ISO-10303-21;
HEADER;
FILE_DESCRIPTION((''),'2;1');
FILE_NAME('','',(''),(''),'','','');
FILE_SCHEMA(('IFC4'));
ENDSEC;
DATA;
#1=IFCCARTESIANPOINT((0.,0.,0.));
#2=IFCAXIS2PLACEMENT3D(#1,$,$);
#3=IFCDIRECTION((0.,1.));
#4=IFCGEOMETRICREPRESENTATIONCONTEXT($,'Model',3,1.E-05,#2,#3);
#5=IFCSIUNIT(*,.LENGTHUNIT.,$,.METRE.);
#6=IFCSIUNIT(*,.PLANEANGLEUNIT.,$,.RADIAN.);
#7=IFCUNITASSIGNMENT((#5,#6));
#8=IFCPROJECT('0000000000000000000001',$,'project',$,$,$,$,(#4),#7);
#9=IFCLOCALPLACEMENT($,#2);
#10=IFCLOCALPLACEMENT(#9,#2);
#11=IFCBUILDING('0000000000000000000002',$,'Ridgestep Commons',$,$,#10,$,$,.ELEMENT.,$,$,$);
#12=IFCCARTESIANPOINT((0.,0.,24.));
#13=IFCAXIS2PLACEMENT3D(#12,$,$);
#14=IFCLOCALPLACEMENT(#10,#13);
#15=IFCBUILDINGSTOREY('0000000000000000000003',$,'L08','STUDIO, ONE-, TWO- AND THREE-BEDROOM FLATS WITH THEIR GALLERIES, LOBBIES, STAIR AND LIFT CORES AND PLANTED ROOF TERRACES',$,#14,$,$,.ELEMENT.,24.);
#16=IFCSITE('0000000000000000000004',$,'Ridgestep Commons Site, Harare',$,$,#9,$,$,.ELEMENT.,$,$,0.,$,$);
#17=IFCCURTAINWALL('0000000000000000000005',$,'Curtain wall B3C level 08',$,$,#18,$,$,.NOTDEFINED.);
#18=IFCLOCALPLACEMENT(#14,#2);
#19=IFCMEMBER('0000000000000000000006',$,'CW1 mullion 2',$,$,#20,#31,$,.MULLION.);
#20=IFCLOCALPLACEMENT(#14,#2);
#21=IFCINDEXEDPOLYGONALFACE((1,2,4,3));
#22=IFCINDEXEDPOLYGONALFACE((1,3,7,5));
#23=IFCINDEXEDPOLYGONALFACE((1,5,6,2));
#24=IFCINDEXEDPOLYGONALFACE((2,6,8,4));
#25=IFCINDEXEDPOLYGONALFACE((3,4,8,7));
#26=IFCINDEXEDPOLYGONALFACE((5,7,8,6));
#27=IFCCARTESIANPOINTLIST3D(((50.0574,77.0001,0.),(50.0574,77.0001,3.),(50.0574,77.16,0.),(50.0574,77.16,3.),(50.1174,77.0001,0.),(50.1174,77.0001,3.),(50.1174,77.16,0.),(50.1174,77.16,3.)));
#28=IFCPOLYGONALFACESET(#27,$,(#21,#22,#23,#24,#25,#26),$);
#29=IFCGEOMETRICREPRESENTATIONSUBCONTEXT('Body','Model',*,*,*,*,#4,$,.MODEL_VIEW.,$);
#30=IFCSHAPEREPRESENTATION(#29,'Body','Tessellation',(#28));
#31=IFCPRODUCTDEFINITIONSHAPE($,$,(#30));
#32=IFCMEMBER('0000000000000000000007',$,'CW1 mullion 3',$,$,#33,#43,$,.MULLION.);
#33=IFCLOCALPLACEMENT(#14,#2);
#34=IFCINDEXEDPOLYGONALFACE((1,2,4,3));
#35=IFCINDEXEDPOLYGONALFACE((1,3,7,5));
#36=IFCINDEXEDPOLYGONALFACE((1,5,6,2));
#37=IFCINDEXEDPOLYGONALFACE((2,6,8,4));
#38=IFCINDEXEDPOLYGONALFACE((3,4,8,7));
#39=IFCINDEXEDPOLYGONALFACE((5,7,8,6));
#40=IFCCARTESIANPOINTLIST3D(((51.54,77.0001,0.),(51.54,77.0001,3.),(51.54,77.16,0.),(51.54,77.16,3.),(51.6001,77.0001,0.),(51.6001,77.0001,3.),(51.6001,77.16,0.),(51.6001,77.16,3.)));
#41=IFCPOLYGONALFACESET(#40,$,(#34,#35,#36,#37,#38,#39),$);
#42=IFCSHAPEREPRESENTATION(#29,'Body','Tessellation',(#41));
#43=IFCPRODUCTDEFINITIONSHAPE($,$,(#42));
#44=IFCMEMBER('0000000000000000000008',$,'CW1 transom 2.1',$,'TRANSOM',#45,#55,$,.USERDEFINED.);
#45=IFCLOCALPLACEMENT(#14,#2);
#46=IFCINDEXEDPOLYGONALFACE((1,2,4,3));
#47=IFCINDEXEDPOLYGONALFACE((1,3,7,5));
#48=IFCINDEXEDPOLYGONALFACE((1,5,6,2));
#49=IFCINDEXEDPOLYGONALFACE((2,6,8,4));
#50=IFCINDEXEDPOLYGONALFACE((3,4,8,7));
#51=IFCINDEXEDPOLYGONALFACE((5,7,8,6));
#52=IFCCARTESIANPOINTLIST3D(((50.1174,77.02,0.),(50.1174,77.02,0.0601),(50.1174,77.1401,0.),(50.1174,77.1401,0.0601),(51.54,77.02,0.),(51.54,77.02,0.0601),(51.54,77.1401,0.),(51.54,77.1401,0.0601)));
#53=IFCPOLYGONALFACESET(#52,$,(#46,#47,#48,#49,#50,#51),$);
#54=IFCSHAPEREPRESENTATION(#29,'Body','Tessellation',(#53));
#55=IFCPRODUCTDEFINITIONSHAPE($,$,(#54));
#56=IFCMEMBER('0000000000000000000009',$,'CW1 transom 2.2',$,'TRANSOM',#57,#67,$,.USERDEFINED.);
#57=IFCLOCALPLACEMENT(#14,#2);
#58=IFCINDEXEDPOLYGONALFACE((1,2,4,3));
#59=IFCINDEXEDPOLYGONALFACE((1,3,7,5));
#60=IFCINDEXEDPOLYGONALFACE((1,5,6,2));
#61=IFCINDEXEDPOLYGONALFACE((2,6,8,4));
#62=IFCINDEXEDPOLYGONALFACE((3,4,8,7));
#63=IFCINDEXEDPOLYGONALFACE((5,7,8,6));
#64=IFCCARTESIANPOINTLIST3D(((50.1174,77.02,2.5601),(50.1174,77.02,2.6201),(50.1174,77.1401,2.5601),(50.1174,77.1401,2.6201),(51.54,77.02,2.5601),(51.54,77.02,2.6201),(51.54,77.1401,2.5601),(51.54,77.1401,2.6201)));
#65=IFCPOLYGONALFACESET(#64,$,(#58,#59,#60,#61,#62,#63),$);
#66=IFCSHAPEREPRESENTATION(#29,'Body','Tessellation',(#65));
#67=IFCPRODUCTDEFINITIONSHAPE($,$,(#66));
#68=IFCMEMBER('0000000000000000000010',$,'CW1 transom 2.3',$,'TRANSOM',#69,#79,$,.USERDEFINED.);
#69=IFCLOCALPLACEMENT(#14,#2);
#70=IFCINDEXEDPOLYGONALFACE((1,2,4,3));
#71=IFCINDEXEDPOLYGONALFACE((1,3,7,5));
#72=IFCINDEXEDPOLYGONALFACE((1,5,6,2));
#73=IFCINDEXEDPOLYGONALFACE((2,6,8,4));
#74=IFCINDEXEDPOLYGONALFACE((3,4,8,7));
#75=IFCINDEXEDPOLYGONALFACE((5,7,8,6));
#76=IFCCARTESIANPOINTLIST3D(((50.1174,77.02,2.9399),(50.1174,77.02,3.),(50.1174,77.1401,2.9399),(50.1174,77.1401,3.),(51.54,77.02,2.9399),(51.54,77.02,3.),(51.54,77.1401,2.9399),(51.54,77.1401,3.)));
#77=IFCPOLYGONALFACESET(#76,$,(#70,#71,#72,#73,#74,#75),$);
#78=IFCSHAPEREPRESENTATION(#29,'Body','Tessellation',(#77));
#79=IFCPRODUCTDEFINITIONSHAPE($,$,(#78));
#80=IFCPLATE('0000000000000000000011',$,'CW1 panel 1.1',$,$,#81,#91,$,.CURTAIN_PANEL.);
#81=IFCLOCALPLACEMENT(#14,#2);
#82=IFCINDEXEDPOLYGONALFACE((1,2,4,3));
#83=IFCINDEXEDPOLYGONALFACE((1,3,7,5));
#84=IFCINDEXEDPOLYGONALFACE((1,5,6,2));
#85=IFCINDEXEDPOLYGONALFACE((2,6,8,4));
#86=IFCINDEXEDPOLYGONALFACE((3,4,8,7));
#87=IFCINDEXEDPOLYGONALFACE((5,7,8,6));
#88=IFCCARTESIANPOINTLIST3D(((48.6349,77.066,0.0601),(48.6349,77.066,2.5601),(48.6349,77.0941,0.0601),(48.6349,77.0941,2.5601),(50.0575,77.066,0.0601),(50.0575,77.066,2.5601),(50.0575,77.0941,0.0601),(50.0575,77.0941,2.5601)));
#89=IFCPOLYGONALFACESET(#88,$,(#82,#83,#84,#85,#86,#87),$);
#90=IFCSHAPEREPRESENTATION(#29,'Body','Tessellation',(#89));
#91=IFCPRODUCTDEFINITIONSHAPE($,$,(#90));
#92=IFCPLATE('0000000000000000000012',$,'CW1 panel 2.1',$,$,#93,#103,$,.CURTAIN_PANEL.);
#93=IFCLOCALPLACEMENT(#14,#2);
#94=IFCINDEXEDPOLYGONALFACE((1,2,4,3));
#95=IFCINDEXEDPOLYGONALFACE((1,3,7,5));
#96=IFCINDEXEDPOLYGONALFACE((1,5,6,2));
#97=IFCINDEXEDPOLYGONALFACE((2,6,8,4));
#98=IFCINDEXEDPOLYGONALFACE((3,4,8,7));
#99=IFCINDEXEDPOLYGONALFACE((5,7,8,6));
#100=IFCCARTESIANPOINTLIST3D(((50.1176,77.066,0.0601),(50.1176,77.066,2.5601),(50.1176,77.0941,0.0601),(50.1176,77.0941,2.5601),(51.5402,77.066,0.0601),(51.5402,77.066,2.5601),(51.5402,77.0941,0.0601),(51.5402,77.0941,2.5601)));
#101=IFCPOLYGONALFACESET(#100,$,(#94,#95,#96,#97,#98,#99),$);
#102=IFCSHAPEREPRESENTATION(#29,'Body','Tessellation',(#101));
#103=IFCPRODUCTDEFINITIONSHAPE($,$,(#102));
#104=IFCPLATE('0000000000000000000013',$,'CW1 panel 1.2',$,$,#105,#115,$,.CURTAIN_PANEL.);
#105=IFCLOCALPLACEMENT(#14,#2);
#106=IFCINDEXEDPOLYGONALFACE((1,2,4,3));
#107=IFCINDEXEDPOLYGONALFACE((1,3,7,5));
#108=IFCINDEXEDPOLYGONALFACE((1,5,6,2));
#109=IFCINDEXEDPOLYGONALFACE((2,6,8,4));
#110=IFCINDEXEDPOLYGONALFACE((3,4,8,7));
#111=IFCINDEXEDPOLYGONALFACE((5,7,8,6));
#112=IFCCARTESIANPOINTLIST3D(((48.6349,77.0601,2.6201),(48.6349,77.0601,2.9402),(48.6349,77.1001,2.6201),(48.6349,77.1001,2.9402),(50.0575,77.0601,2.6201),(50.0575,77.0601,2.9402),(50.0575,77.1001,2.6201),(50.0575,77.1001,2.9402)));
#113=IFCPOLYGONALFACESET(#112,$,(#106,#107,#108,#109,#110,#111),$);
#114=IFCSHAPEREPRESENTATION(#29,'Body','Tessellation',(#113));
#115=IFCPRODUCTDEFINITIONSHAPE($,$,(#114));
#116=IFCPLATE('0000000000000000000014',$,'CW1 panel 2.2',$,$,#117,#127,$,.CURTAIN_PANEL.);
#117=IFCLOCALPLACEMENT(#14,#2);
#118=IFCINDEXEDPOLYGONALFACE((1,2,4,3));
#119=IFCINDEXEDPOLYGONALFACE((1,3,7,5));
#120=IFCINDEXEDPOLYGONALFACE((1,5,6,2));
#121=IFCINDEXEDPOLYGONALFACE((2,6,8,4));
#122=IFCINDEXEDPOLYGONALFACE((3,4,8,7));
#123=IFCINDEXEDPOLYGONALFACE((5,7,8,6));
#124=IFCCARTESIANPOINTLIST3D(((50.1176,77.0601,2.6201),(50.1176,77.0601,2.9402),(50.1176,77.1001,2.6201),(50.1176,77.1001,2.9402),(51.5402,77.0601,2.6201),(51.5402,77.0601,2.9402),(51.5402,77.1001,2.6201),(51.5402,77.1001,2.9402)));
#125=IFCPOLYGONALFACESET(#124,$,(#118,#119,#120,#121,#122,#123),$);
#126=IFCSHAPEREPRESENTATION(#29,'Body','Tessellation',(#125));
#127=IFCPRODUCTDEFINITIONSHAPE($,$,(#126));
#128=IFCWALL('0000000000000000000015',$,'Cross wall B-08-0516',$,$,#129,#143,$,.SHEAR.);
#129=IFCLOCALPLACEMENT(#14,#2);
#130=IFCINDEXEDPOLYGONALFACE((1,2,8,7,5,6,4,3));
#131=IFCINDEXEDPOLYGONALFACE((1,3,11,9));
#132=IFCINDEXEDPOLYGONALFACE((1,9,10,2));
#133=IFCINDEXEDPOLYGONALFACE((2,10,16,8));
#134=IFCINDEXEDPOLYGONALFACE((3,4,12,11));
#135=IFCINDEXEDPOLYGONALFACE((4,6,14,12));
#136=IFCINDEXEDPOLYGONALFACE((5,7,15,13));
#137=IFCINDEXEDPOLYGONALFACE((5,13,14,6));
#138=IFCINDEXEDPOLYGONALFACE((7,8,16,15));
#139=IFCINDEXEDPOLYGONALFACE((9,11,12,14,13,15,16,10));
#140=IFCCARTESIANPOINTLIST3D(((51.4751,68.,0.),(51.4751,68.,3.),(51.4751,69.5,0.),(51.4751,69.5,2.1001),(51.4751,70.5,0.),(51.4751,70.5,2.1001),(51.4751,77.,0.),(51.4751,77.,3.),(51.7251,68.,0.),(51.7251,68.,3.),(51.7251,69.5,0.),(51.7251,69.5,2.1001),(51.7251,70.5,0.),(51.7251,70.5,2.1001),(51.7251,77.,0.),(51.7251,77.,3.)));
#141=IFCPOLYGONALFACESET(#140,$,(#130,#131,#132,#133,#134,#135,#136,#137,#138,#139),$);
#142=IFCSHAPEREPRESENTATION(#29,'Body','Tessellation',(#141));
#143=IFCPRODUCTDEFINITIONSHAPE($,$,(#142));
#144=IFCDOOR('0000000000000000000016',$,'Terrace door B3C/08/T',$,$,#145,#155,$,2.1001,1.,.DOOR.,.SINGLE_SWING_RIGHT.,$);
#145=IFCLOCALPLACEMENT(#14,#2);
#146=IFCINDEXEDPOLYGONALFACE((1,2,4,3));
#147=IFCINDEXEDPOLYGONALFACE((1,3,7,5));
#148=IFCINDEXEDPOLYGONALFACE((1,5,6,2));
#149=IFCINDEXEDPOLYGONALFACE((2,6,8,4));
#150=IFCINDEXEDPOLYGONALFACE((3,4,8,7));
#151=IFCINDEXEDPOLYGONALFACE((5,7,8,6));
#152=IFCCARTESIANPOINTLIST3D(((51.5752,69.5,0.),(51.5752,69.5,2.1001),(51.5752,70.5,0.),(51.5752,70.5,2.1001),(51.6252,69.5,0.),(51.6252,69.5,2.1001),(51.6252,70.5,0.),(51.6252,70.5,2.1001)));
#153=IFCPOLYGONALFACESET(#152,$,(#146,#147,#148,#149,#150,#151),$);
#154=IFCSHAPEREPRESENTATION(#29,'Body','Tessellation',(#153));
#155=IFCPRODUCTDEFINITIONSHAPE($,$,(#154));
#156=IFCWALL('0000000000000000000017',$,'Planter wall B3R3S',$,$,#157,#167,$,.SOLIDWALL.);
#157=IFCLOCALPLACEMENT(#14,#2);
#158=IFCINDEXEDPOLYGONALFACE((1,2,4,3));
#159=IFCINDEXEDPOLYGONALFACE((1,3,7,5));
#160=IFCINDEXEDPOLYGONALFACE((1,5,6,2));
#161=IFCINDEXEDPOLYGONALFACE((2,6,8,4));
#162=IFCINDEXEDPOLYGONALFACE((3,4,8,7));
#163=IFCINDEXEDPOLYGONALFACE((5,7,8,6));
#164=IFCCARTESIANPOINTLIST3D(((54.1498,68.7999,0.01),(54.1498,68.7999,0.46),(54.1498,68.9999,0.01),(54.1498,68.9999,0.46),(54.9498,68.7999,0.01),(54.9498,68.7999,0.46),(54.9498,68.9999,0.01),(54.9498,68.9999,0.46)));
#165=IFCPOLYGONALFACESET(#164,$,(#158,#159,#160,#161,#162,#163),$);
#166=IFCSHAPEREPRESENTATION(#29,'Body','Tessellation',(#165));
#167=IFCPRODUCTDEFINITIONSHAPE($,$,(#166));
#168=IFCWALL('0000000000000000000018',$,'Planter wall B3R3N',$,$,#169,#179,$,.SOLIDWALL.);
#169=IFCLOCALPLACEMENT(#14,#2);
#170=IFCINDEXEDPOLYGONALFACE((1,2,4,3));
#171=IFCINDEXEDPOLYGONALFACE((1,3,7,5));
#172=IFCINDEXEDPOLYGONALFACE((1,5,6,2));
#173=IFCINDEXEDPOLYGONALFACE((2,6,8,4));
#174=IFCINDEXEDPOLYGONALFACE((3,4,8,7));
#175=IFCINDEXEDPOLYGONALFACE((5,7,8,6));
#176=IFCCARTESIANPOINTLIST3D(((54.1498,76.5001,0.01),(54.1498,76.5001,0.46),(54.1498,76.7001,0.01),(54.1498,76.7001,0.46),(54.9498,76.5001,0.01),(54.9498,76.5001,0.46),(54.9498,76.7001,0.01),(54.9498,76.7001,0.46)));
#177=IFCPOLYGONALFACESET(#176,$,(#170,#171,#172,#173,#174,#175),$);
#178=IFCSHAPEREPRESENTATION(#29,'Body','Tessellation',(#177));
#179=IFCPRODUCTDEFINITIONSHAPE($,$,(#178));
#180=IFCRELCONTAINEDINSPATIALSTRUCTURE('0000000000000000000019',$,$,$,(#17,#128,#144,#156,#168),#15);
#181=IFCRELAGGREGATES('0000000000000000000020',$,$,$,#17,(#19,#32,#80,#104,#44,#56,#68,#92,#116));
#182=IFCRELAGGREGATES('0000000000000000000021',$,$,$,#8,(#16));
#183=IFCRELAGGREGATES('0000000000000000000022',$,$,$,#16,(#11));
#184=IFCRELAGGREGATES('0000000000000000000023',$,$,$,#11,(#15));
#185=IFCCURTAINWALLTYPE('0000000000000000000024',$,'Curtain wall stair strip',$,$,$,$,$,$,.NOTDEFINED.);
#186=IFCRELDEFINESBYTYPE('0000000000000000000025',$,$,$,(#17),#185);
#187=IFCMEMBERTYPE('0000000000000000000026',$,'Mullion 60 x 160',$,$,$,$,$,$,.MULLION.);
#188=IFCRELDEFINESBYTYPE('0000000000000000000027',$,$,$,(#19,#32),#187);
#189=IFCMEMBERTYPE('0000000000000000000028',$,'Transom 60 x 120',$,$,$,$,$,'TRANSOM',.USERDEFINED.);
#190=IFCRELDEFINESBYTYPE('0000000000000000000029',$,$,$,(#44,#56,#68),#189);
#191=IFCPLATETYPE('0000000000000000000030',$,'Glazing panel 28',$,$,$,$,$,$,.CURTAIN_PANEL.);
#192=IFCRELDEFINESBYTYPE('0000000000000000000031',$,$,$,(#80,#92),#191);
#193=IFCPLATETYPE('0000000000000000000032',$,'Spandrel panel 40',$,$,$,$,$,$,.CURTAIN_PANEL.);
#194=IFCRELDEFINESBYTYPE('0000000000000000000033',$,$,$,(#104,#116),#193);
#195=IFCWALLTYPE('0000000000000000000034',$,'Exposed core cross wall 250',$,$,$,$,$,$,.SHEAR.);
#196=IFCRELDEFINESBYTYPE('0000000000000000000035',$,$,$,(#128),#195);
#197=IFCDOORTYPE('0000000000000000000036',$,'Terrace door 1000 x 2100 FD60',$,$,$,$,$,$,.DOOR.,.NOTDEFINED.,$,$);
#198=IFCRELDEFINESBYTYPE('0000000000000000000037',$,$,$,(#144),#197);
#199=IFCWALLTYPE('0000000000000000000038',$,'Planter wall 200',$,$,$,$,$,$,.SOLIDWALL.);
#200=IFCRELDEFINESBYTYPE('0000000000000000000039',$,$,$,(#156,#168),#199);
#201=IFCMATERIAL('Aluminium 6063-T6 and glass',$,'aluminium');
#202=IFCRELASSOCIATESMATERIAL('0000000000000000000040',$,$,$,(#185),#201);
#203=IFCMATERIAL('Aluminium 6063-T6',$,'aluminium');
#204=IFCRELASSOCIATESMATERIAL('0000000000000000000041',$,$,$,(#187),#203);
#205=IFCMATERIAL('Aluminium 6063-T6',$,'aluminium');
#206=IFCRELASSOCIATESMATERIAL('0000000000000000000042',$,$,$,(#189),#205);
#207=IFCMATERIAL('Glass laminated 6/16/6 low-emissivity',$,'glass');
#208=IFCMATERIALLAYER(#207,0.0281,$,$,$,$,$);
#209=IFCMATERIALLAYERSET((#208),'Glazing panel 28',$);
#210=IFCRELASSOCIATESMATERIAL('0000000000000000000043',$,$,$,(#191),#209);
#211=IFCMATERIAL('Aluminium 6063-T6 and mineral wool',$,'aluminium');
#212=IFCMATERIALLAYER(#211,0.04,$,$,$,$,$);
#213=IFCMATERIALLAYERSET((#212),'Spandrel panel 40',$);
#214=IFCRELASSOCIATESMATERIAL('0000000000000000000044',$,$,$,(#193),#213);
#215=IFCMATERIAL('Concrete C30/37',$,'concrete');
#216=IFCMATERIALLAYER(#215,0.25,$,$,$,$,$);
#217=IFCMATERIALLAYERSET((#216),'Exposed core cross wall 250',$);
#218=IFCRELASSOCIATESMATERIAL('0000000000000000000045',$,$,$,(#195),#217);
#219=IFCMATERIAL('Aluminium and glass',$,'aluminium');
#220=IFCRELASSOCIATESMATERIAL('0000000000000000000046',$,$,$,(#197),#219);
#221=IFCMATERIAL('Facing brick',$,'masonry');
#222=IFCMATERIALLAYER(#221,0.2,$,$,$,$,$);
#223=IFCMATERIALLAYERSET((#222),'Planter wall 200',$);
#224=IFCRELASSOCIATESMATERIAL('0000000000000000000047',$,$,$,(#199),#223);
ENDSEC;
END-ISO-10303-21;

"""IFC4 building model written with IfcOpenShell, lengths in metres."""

from ifc_helpers import new_model, si_unit, direction, frame, frame_2d, origin, origin_2d, place, context, subcontext, project, spatial, rectangle, extrude, material, layer, layer_set, material_profile, profile_set, type_object, element, fill, aggregate, save


model = new_model("IFC4")

# Units and contexts
model_context = context("Model", 3, precision=1e-05, world=origin(), true_north=direction((0.0, 1.0)))
body_context = subcontext(model_context, "Body", "Model", "MODEL_VIEW")
ifc_project = project(units=[si_unit("LENGTHUNIT", "METRE"), si_unit("PLANEANGLEUNIT", "RADIAN")], contexts=[model_context])

# Site, building, storey
site_placement = place(None, origin())
site = spatial("IfcSite", under=ifc_project, at=site_placement, Name="Ridgestep Commons Site, Harare", CompositionType="ELEMENT", RefElevation=0.0)
building_placement = place(site_placement, origin())
building = spatial("IfcBuilding", under=site, at=building_placement, Name="Ridgestep Commons", CompositionType="ELEMENT")
storey_placement = place(building_placement, frame((0.0, 0.0, 24.0)))
storey = spatial("IfcBuildingStorey", under=building, at=storey_placement, Name="L08", Description="STUDIO, ONE-, TWO- AND THREE-BEDROOM FLATS WITH THEIR GALLERIES, LOBBIES, STAIR AND LIFT CORES AND PLANTED ROOF TERRACES", CompositionType="ELEMENT", Elevation=24.0)

# Curtain wall, members, plates
ifc_material_1 = material(Name="Aluminium 6063-T6 and glass", Category="aluminium")
curtain_wall_type = type_object("IfcCurtainWallType", Name="Curtain wall stair strip", PredefinedType="NOTDEFINED", material=ifc_material_1)
curtain_wall_placement = place(storey_placement, origin())
curtain_wall = element("IfcCurtainWall", 1, at=curtain_wall_placement, inside=storey, type_object=curtain_wall_type, Name="Curtain wall B3C level 08", PredefinedType="NOTDEFINED")
ifc_material_2 = material(Name="Aluminium 6063-T6", Category="aluminium")
ifc_material_profile_1 = material_profile(ifc_material_2, rectangle(XDim=0.1599, YDim=0.0601, at=origin_2d()), Name="Mullion 60 x 160")
ifc_profile_set_1 = profile_set([ifc_material_profile_1], Name="Aluminium 6063-T6")
member_type_1 = type_object("IfcMemberType", Name="Mullion 60 x 160", PredefinedType="MULLION", material=ifc_profile_set_1)
member_1_placement = place(storey_placement, frame((50.0874, 77.0801, 0.0), z_axis=(0.0, 0.0, 1.0), x_axis=(0.0, 1.0, 0.0)))
member_1 = element("IfcMember", 2, at=member_1_placement, type_object=member_type_1, Name="CW1 mullion 2", PredefinedType="MULLION", context=body_context, shape_type="SweptSolid", body=[
    extrude(rectangle(XDim=0.1599, YDim=0.0601, at=origin_2d()), origin(), (0.0, 0.0, 1.0), 3.0),
])
member_2_placement = place(storey_placement, frame((51.5701, 77.0801, 0.0), z_axis=(0.0, 0.0, 1.0), x_axis=(0.0, 1.0, 0.0)))
member_2 = element("IfcMember", 3, at=member_2_placement, type_object=member_type_1, Name="CW1 mullion 3", PredefinedType="MULLION", context=body_context, shape_type="SweptSolid", body=[
    extrude(rectangle(XDim=0.1599, YDim=0.0601, at=origin_2d()), origin(), (0.0, 0.0, 1.0), 3.0),
])
ifc_material_3 = material(Name="Aluminium 6063-T6", Category="aluminium")
ifc_material_profile_2 = material_profile(ifc_material_3, rectangle(XDim=0.1201, YDim=0.0601, at=origin_2d()), Name="Transom 60 x 120")
ifc_profile_set_2 = profile_set([ifc_material_profile_2], Name="Aluminium 6063-T6")
member_type_2 = type_object("IfcMemberType", Name="Transom 60 x 120", ElementType="TRANSOM", PredefinedType="USERDEFINED", material=ifc_profile_set_2)
member_3_placement = place(storey_placement, frame((50.1174, 77.0801, 0.03), z_axis=(1.0, 0.0, 0.0), x_axis=(0.0, 1.0, 0.0)))
member_3 = element("IfcMember", 4, at=member_3_placement, type_object=member_type_2, Name="CW1 transom 2.1", ObjectType="TRANSOM", PredefinedType="USERDEFINED", context=body_context, shape_type="SweptSolid", body=[
    extrude(rectangle(XDim=0.1201, YDim=0.0601, at=origin_2d()), origin(), (0.0, 0.0, 1.0), 1.4226),
])
member_4_placement = place(storey_placement, frame((50.1174, 77.0801, 2.5901), z_axis=(1.0, 0.0, 0.0), x_axis=(0.0, 1.0, 0.0)))
member_4 = element("IfcMember", 5, at=member_4_placement, type_object=member_type_2, Name="CW1 transom 2.2", ObjectType="TRANSOM", PredefinedType="USERDEFINED", context=body_context, shape_type="SweptSolid", body=[
    extrude(rectangle(XDim=0.1201, YDim=0.0601, at=origin_2d()), origin(), (0.0, 0.0, 1.0), 1.4226),
])
member_5_placement = place(storey_placement, frame((50.1174, 77.0801, 2.97), z_axis=(1.0, 0.0, 0.0), x_axis=(0.0, 1.0, 0.0)))
member_5 = element("IfcMember", 6, at=member_5_placement, type_object=member_type_2, Name="CW1 transom 2.3", ObjectType="TRANSOM", PredefinedType="USERDEFINED", context=body_context, shape_type="SweptSolid", body=[
    extrude(rectangle(XDim=0.1201, YDim=0.0601, at=origin_2d()), origin(), (0.0, 0.0, 1.0), 1.4226),
])
ifc_material_4 = material(Name="Glass laminated 6/16/6 low-emissivity", Category="glass")
ifc_layer_1 = layer(ifc_material_4, 0.0281)
ifc_layer_set_1 = layer_set([ifc_layer_1], Name="Glazing panel 28")
plate_type_1 = type_object("IfcPlateType", Name="Glazing panel 28", PredefinedType="CURTAIN_PANEL", material=ifc_layer_set_1)
plate_1_placement = place(storey_placement, frame((49.3462, 77.0801, 0.0601), z_axis=(0.0, 0.0, 1.0), x_axis=(1.0, 0.0, 0.0)))
plate_1 = element("IfcPlate", 7, at=plate_1_placement, type_object=plate_type_1, Name="CW1 panel 1.1", PredefinedType="CURTAIN_PANEL", context=body_context, shape_type="SweptSolid", body=[
    extrude(rectangle(XDim=1.4226, YDim=0.0281, at=origin_2d()), origin(), (0.0, 0.0, 1.0), 2.5),
])
plate_2_placement = place(storey_placement, frame((50.8289, 77.0801, 0.0601), z_axis=(0.0, 0.0, 1.0), x_axis=(1.0, 0.0, 0.0)))
plate_2 = element("IfcPlate", 8, at=plate_2_placement, type_object=plate_type_1, Name="CW1 panel 2.1", PredefinedType="CURTAIN_PANEL", context=body_context, shape_type="SweptSolid", body=[
    extrude(rectangle(XDim=1.4226, YDim=0.0281, at=origin_2d()), origin(), (0.0, 0.0, 1.0), 2.5),
])
ifc_material_5 = material(Name="Aluminium 6063-T6 and mineral wool", Category="aluminium")
ifc_layer_2 = layer(ifc_material_5, 0.04)
ifc_layer_set_2 = layer_set([ifc_layer_2], Name="Spandrel panel 40")
plate_type_2 = type_object("IfcPlateType", Name="Spandrel panel 40", PredefinedType="CURTAIN_PANEL", material=ifc_layer_set_2)
plate_3_placement = place(storey_placement, frame((49.3462, 77.0801, 2.6201), z_axis=(0.0, 0.0, 1.0), x_axis=(1.0, 0.0, 0.0)))
plate_3 = element("IfcPlate", 9, at=plate_3_placement, type_object=plate_type_2, Name="CW1 panel 1.2", PredefinedType="CURTAIN_PANEL", context=body_context, shape_type="SweptSolid", body=[
    extrude(rectangle(XDim=1.4226, YDim=0.04, at=origin_2d()), origin(), (0.0, 0.0, 1.0), 0.3201),
])
plate_4_placement = place(storey_placement, frame((50.8289, 77.0801, 2.6201), z_axis=(0.0, 0.0, 1.0), x_axis=(1.0, 0.0, 0.0)))
plate_4 = element("IfcPlate", 10, at=plate_4_placement, type_object=plate_type_2, Name="CW1 panel 2.2", PredefinedType="CURTAIN_PANEL", context=body_context, shape_type="SweptSolid", body=[
    extrude(rectangle(XDim=1.4226, YDim=0.04, at=origin_2d()), origin(), (0.0, 0.0, 1.0), 0.3201),
])
aggregate(curtain_wall, [member_1, member_2, plate_1, plate_3, member_3, member_4, member_5, plate_2, plate_4])

# Wall, opening, door
ifc_material_6 = material(Name="Concrete C30/37", Category="concrete")
ifc_layer_3 = layer(ifc_material_6, 0.25)
ifc_layer_set_3 = layer_set([ifc_layer_3], Name="Exposed core cross wall 250")
wall_type_1 = type_object("IfcWallType", Name="Exposed core cross wall 250", PredefinedType="SHEAR", material=ifc_layer_set_3)
wall_1_placement = place(storey_placement, frame((51.6001, 68.0, 0.0), z_axis=(0.0, 0.0, 1.0), x_axis=(0.0, 1.0, 0.0)))
wall_1 = element("IfcWall", 11, at=wall_1_placement, inside=storey, type_object=wall_type_1, Name="Cross wall B-08-0516", PredefinedType="SHEAR", context=body_context, shape_type="SweptSolid", body=[
    extrude(rectangle(XDim=9.0, YDim=0.25, at=frame_2d((4.5, 0.0))), origin(), (0.0, 0.0, 1.0), 3.0),
])
opening_placement = place(wall_1_placement, frame((1.5, 0.0, 0.0)))
opening = element("IfcOpeningElement", 12, at=opening_placement, cuts=wall_1, PredefinedType="OPENING", context=body_context, shape_type="SweptSolid", body=[
    extrude(rectangle(XDim=1.0, YDim=2.1001, at=frame_2d((0.5, 1.05))), frame((0.0, 0.135, 0.0), z_axis=(0.0, -1.0, 0.0), x_axis=(1.0, 0.0, 0.0)), (0.0, 0.0, 1.0), 0.27),
])
ifc_material_7 = material(Name="Aluminium and glass", Category="aluminium")
door_type = type_object("IfcDoorType", Name="Terrace door 1000 x 2100 FD60", OperationType="NOTDEFINED", PredefinedType="DOOR", material=ifc_material_7)
door_placement = place(opening_placement, origin())
door = element("IfcDoor", 13, at=door_placement, inside=storey, type_object=door_type, Name="Terrace door B3C/08/T", OperationType="SINGLE_SWING_RIGHT", OverallHeight=2.1001, OverallWidth=1.0, PredefinedType="DOOR", context=body_context, shape_type="SweptSolid", body=[
    extrude(rectangle(XDim=1.0, YDim=2.1001, at=frame_2d((0.5, 1.05))), frame((0.0, 0.0249, 0.0), z_axis=(0.0, -1.0, 0.0), x_axis=(1.0, 0.0, 0.0)), (0.0, 0.0, 1.0), 0.05),
])
fill(opening, door)

# Walls
ifc_material_8 = material(Name="Facing brick", Category="masonry")
ifc_layer_4 = layer(ifc_material_8, 0.2)
ifc_layer_set_4 = layer_set([ifc_layer_4], Name="Planter wall 200")
wall_type_2 = type_object("IfcWallType", Name="Planter wall 200", PredefinedType="SOLIDWALL", material=ifc_layer_set_4)
for number, where, z_axis, x_axis, name in (
    (14, (54.1499, 68.8999, 0.01), (0.0, 0.0, 1.0), (1.0, 0.0, 0.0), "Planter wall B3R3S"),
    (15, (54.1499, 76.6001, 0.01), (0.0, 0.0, 1.0), (1.0, 0.0, 0.0), "Planter wall B3R3N"),
):
    element("IfcWall", number, at=place(storey_placement, frame(where, z_axis=z_axis, x_axis=x_axis)), inside=storey, type_object=wall_type_2, Name=name, PredefinedType="SOLIDWALL", context=body_context, shape_type="SweptSolid", body=[
        extrude(rectangle(XDim=0.8, YDim=0.2, at=frame_2d((0.3999, 0.0))), origin(), (0.0, 0.0, 1.0), 0.45),
    ])

save(model, "model.ifc")
